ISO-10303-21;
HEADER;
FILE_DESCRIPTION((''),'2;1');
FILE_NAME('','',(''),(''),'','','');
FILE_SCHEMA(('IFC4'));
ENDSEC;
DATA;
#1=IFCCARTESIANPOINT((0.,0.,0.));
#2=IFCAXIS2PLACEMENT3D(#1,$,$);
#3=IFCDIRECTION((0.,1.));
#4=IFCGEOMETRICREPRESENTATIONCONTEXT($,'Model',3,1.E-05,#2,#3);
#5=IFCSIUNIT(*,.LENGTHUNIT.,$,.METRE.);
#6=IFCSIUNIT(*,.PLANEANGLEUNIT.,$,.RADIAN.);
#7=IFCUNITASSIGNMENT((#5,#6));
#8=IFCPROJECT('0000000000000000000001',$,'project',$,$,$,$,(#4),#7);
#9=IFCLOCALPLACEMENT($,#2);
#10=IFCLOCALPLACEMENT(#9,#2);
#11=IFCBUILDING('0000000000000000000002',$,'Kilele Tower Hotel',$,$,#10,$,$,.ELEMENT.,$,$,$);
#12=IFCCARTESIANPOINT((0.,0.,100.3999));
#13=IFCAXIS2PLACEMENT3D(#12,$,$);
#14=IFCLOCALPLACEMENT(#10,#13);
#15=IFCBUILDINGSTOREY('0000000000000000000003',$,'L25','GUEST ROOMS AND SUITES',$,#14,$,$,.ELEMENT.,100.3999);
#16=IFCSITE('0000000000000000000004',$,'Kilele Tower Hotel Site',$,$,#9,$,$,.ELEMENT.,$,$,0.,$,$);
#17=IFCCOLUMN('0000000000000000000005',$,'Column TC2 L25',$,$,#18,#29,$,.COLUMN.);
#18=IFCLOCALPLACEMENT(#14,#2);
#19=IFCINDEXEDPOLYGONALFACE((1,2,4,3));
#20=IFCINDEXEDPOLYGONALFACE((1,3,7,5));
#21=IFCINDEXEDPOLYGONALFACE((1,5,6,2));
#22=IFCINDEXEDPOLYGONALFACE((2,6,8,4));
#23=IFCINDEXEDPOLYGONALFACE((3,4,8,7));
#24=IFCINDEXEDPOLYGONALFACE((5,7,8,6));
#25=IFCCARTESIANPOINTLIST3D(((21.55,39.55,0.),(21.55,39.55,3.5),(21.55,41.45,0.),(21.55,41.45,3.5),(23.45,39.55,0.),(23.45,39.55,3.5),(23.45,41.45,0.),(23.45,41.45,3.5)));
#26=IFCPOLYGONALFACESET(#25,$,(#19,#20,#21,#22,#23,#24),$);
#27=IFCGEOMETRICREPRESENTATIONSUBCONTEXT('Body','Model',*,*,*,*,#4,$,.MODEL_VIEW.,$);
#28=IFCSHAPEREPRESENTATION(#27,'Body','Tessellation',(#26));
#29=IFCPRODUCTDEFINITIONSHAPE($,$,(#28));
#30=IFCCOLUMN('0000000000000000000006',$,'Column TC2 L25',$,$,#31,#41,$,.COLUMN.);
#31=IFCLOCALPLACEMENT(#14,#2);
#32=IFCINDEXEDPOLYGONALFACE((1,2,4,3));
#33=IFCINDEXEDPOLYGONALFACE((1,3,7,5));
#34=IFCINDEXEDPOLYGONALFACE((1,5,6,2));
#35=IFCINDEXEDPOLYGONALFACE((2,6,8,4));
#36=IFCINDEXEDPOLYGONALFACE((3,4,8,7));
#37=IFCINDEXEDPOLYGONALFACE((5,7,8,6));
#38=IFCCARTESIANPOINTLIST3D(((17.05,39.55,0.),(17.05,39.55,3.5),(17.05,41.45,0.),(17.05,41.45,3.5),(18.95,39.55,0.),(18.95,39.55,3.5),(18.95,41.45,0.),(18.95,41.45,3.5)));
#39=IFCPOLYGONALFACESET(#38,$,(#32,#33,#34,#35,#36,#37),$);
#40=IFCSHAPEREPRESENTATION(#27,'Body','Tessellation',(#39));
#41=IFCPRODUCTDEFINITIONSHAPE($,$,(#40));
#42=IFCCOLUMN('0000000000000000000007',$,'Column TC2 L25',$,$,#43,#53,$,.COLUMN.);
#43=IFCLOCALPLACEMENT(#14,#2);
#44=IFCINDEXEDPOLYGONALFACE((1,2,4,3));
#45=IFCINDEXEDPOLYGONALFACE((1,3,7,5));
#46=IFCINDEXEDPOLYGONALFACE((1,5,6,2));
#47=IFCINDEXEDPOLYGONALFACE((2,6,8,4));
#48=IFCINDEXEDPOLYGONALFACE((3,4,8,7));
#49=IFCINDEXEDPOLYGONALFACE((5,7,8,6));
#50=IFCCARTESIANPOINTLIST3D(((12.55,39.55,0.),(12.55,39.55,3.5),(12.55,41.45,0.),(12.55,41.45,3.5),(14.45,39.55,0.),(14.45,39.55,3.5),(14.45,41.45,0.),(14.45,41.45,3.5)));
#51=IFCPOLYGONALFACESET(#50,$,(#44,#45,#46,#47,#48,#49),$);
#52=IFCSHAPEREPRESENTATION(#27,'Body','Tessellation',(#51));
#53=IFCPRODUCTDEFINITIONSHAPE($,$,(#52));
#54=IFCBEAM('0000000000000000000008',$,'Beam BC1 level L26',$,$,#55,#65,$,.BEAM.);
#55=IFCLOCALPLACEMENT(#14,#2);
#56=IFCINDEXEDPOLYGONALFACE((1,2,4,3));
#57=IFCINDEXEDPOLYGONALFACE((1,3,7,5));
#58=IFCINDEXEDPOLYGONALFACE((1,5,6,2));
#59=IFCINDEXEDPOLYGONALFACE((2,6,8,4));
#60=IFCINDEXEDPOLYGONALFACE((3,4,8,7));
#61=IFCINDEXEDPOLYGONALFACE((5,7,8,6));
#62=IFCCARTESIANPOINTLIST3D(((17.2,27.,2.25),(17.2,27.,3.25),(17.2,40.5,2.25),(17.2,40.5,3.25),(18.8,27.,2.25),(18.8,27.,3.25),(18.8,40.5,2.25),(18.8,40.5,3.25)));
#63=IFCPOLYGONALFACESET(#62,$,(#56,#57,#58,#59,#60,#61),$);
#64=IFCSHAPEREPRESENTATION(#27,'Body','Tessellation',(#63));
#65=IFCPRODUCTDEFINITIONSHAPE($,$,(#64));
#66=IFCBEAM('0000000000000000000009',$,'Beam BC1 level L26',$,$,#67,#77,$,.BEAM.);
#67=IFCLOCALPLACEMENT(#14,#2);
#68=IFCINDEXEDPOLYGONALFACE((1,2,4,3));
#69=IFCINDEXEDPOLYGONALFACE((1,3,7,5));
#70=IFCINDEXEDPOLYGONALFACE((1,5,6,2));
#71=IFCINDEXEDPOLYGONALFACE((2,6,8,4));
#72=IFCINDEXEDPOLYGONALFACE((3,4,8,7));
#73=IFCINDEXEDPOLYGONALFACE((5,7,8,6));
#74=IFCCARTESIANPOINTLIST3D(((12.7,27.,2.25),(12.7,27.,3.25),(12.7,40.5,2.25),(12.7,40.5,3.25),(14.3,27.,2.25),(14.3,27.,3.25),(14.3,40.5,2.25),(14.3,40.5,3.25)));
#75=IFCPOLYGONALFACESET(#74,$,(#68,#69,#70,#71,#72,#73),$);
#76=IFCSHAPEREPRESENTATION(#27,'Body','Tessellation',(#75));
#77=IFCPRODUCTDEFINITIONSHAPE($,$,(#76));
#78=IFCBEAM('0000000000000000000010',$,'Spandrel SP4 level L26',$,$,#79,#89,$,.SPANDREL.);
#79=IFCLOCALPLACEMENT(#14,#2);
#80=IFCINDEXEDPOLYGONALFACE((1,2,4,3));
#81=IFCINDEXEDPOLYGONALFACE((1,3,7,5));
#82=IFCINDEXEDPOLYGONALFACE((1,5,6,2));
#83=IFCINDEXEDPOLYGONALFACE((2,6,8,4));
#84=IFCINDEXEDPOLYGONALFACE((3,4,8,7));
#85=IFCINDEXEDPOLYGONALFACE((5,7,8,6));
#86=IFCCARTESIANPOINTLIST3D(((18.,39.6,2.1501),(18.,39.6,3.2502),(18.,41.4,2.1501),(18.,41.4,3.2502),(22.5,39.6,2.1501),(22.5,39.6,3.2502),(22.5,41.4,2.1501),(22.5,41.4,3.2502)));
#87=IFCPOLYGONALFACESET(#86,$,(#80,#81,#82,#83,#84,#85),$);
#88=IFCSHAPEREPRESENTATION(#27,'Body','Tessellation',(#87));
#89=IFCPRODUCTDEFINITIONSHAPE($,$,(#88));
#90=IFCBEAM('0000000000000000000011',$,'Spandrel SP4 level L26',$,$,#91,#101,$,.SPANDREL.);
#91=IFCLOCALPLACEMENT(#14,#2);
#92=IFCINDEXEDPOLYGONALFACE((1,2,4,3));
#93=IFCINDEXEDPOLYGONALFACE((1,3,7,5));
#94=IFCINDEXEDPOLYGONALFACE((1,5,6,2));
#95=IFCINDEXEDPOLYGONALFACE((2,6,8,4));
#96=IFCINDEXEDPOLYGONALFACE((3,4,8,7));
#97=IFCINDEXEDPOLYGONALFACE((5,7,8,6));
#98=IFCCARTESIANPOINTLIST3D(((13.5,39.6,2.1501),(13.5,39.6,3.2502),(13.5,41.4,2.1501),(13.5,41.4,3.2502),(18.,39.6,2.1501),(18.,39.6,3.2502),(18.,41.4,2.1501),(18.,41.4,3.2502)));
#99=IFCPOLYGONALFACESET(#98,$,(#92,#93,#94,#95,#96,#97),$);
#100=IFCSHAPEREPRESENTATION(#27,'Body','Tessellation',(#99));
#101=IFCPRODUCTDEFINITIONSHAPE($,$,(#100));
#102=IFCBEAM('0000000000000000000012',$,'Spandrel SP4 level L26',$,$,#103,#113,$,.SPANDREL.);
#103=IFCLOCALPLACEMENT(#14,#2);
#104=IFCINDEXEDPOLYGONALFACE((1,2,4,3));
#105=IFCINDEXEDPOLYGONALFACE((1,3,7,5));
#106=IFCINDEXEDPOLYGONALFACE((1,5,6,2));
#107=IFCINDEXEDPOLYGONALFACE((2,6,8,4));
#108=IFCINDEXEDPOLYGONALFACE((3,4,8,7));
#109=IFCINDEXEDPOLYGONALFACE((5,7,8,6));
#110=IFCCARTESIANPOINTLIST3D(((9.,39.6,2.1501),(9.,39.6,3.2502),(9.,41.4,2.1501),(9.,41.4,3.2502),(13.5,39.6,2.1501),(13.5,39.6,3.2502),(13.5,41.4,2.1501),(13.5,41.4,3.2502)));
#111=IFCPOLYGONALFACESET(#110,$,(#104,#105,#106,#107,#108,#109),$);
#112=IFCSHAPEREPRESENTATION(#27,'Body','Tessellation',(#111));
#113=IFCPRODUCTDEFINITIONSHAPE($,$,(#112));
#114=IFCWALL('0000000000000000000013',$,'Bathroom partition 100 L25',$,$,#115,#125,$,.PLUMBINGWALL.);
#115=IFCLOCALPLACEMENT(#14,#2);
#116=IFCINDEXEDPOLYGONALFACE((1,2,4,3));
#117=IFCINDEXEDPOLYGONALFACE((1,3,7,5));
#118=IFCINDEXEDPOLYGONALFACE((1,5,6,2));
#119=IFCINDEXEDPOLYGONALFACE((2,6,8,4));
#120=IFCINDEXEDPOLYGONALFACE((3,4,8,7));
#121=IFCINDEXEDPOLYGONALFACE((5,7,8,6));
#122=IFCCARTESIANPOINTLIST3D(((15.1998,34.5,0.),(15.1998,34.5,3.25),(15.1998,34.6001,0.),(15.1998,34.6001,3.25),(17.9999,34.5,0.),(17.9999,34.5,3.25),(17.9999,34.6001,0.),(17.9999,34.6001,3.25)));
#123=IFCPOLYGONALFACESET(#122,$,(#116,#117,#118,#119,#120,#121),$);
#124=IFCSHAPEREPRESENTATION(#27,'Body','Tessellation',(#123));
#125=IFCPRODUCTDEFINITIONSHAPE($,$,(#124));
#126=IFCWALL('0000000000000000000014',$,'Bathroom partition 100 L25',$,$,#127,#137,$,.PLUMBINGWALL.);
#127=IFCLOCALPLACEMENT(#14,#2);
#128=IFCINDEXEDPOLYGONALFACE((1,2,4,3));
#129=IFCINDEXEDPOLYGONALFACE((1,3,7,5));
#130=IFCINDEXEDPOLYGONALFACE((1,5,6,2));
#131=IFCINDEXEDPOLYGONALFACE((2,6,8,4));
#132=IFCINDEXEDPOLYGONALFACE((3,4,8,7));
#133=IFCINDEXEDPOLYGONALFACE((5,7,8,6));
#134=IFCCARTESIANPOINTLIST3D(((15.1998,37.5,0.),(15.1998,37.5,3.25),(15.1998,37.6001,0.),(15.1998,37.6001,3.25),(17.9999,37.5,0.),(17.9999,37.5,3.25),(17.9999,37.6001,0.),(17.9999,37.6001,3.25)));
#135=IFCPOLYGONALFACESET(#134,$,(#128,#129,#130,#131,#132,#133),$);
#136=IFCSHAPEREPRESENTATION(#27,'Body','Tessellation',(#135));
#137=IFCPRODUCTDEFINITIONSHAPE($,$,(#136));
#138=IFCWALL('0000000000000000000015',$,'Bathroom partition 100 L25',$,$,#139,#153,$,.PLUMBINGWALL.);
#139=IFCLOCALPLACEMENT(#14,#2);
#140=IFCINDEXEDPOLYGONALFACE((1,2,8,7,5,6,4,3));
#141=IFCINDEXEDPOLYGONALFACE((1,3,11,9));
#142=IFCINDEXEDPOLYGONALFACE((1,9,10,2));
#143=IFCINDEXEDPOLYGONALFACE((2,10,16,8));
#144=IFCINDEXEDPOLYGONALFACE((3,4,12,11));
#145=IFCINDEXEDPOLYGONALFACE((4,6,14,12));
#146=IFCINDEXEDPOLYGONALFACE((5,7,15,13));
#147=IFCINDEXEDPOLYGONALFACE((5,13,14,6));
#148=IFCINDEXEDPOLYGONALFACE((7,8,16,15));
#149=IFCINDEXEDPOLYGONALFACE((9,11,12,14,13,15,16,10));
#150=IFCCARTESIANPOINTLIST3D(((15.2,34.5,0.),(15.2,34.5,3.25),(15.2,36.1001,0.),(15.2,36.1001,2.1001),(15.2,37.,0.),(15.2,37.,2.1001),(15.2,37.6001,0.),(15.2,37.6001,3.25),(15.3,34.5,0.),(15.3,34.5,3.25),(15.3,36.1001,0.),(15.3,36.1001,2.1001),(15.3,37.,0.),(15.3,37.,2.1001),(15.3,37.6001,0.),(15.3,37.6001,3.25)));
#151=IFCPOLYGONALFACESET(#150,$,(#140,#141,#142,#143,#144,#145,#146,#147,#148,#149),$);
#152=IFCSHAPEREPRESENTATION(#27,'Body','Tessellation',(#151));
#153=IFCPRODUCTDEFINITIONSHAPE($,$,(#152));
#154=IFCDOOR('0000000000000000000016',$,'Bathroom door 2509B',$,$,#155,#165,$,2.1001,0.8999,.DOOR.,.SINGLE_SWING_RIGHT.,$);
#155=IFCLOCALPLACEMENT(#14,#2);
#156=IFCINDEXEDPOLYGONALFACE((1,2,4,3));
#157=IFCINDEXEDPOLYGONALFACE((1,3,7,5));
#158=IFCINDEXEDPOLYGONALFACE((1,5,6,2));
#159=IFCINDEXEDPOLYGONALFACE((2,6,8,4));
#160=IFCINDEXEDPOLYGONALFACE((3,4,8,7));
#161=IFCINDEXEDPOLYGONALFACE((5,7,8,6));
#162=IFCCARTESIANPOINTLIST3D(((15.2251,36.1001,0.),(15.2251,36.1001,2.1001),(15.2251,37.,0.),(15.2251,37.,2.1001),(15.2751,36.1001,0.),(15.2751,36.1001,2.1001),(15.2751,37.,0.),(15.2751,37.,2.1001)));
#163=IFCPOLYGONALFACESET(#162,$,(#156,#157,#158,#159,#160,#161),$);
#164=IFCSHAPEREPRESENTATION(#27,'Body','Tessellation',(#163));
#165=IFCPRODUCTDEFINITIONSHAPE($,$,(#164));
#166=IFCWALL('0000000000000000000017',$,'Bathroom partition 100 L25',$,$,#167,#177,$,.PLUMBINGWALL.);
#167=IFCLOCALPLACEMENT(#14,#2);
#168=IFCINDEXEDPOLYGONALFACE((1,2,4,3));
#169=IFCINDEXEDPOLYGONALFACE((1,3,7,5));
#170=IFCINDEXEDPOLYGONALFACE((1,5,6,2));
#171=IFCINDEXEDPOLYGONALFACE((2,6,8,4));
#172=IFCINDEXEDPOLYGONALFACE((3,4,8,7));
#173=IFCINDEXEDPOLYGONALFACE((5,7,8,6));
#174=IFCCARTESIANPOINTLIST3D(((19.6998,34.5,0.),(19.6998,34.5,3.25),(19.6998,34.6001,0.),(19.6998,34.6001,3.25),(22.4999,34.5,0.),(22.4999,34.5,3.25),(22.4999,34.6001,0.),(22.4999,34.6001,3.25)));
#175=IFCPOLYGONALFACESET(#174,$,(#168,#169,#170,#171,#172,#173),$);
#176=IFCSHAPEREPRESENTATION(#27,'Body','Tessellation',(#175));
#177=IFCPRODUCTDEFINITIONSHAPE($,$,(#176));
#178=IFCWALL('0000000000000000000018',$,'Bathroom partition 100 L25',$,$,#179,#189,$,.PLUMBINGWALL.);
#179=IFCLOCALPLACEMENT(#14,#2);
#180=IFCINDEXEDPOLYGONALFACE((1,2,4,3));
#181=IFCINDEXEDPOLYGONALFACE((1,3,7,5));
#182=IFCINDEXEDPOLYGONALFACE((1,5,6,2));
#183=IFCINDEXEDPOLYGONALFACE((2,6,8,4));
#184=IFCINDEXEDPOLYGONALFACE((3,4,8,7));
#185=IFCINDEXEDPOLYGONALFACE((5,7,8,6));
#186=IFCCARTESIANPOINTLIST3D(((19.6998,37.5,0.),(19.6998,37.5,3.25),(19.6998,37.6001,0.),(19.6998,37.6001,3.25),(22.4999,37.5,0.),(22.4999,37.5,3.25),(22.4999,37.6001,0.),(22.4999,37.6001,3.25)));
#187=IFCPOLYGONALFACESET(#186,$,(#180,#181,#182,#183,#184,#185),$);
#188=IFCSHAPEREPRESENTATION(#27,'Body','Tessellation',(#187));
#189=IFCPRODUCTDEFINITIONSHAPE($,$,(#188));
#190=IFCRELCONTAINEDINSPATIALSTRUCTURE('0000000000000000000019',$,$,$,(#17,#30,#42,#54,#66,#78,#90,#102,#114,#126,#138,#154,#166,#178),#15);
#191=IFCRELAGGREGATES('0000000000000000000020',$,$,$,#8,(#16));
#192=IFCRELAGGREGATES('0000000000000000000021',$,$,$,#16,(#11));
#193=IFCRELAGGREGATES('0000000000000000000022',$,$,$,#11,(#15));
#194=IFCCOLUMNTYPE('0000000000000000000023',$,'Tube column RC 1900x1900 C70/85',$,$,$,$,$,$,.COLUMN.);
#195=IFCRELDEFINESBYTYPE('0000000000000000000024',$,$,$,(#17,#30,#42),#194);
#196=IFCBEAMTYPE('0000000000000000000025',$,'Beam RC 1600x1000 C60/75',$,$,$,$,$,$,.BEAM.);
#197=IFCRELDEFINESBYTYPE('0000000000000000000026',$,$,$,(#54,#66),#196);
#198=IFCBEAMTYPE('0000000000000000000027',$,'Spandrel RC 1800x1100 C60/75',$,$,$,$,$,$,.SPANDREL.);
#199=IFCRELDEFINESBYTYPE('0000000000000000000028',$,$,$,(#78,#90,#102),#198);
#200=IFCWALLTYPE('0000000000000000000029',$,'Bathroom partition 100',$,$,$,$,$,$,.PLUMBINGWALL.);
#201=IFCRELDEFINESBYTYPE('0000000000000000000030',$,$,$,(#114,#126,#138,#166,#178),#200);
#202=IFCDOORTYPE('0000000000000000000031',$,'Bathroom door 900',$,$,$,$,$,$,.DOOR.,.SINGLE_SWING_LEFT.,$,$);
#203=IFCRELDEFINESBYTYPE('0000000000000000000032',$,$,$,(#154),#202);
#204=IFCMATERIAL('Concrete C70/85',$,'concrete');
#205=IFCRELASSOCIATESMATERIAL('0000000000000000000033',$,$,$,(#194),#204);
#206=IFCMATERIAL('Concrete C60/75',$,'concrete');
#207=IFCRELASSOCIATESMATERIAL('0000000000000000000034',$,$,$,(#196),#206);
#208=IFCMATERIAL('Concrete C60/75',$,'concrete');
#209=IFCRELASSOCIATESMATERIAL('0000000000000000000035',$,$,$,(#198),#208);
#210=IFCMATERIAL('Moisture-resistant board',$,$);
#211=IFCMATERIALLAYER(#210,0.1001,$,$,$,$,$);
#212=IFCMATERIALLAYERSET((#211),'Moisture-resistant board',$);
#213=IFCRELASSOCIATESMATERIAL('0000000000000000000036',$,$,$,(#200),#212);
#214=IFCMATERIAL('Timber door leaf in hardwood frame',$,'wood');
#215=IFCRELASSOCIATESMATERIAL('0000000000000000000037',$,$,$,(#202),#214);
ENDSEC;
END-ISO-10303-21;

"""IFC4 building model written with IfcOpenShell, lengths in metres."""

from ifc_helpers import new_model, si_unit, direction, frame, frame_2d, origin, origin_2d, place, context, subcontext, project, spatial, rectangle, extrude, material, layer, layer_set, material_profile, profile_set, type_object, element, fill, save


model = new_model("IFC4")

# Units and contexts
model_context = context("Model", 3, precision=1e-05, world=origin(), true_north=direction((0.0, 1.0)))
body_context = subcontext(model_context, "Body", "Model", "MODEL_VIEW")
ifc_project = project(units=[si_unit("LENGTHUNIT", "METRE"), si_unit("PLANEANGLEUNIT", "RADIAN")], contexts=[model_context])

# Site, building, storey
site_placement = place(None, origin())
site = spatial("IfcSite", under=ifc_project, at=site_placement, Name="Kilele Tower Hotel Site", CompositionType="ELEMENT", RefElevation=0.0)
building_placement = place(site_placement, origin())
building = spatial("IfcBuilding", under=site, at=building_placement, Name="Kilele Tower Hotel", CompositionType="ELEMENT")
storey_placement = place(building_placement, frame((0.0, 0.0, 100.3999)))
storey = spatial("IfcBuildingStorey", under=building, at=storey_placement, Name="L25", Description="GUEST ROOMS AND SUITES", CompositionType="ELEMENT", Elevation=100.3999)

# Columns
ifc_material_1 = material(Name="Concrete C70/85", Category="concrete")
ifc_material_profile_1 = material_profile(ifc_material_1, rectangle(XDim=1.8999, YDim=1.8999, at=origin_2d()))
ifc_profile_set_1 = profile_set([ifc_material_profile_1], Name="Concrete C70/85")
column_type = type_object("IfcColumnType", Name="Tube column RC 1900x1900 C70/85", PredefinedType="COLUMN", material=ifc_profile_set_1)
for number, where, z_axis, x_axis, name in (
    (1, (22.5, 40.5, 0.0), (0.0, 0.0, 1.0), (1.0, 0.0, 0.0), "Column TC2 L25"),
    (2, (18.0, 40.5, 0.0), (0.0, 0.0, 1.0), (1.0, 0.0, 0.0), "Column TC2 L25"),
    (3, (13.5, 40.5, 0.0), (0.0, 0.0, 1.0), (1.0, 0.0, 0.0), "Column TC2 L25"),
):
    element("IfcColumn", number, at=place(storey_placement, frame(where, z_axis=z_axis, x_axis=x_axis)), inside=storey, type_object=column_type, Name=name, PredefinedType="COLUMN", context=body_context, shape_type="SweptSolid", body=[
        extrude(rectangle(XDim=1.8999, YDim=1.8999, at=origin_2d()), origin(), (0.0, 0.0, 1.0), 3.5),
    ])

# Beams
ifc_material_2 = material(Name="Concrete C60/75", Category="concrete")
ifc_material_profile_2 = material_profile(ifc_material_2, rectangle(XDim=1.6001, YDim=1.0, at=origin_2d()))
ifc_profile_set_2 = profile_set([ifc_material_profile_2], Name="Concrete C60/75")
beam_type_1 = type_object("IfcBeamType", Name="Beam RC 1600x1000 C60/75", PredefinedType="BEAM", material=ifc_profile_set_2)
for number, where, z_axis, x_axis, name in (
    (4, (18.0, 40.5, 2.75), (0.0, -1.0, 0.0), (1.0, 0.0, 0.0), "Beam BC1 level L26"),
    (5, (13.5, 40.5, 2.75), (0.0, -1.0, 0.0), (1.0, 0.0, 0.0), "Beam BC1 level L26"),
):
    element("IfcBeam", number, at=place(storey_placement, frame(where, z_axis=z_axis, x_axis=x_axis)), inside=storey, type_object=beam_type_1, Name=name, PredefinedType="BEAM", context=body_context, shape_type="SweptSolid", body=[
        extrude(rectangle(XDim=1.6001, YDim=1.0, at=origin_2d()), origin(), (0.0, 0.0, 1.0), 13.5),
    ])
ifc_material_3 = material(Name="Concrete C60/75", Category="concrete")
ifc_material_profile_3 = material_profile(ifc_material_3, rectangle(XDim=1.8, YDim=1.1001, at=origin_2d()))
ifc_profile_set_3 = profile_set([ifc_material_profile_3], Name="Concrete C60/75")
beam_type_2 = type_object("IfcBeamType", Name="Spandrel RC 1800x1100 C60/75", PredefinedType="SPANDREL", material=ifc_profile_set_3)
for number, where, z_axis, x_axis, name in (
    (6, (22.5, 40.5, 2.7002), (-1.0, 0.0, 0.0), (0.0, -1.0, 0.0), "Spandrel SP4 level L26"),
    (7, (18.0, 40.5, 2.7002), (-1.0, 0.0, 0.0), (0.0, -1.0, 0.0), "Spandrel SP4 level L26"),
    (8, (13.5, 40.5, 2.7002), (-1.0, 0.0, 0.0), (0.0, -1.0, 0.0), "Spandrel SP4 level L26"),
):
    element("IfcBeam", number, at=place(storey_placement, frame(where, z_axis=z_axis, x_axis=x_axis)), inside=storey, type_object=beam_type_2, Name=name, PredefinedType="SPANDREL", context=body_context, shape_type="SweptSolid", body=[
        extrude(rectangle(XDim=1.8, YDim=1.1001, at=origin_2d()), origin(), (0.0, 0.0, 1.0), 4.5),
    ])

# Walls
ifc_material_4 = material(Name="Moisture-resistant board")
ifc_layer_1 = layer(ifc_material_4, 0.1001)
ifc_layer_set_1 = layer_set([ifc_layer_1], Name="Moisture-resistant board")
wall_type_1 = type_object("IfcWallType", Name="Bathroom partition 100", PredefinedType="PLUMBINGWALL", material=ifc_layer_set_1)
for number, where, z_axis, x_axis, name in (
    (9, (15.2, 34.55, 0.0), (0.0, 0.0, 1.0), (1.0, 0.0, 0.0), "Bathroom partition 100 L25"),
    (10, (15.2, 37.55, 0.0), (0.0, 0.0, 1.0), (1.0, 0.0, 0.0), "Bathroom partition 100 L25"),
):
    element("IfcWall", number, at=place(storey_placement, frame(where, z_axis=z_axis, x_axis=x_axis)), inside=storey, type_object=wall_type_1, Name=name, PredefinedType="PLUMBINGWALL", context=body_context, shape_type="SweptSolid", body=[
        extrude(rectangle(XDim=2.8, YDim=0.1001, at=frame_2d((1.3999, 0.0))), origin(), (0.0, 0.0, 1.0), 3.25),
    ])

# Wall, opening, door
wall_1_placement = place(storey_placement, frame((15.25, 34.5, 0.0), z_axis=(0.0, 0.0, 1.0), x_axis=(0.0, 1.0, 0.0)))
wall_1 = element("IfcWall", 11, at=wall_1_placement, inside=storey, type_object=wall_type_1, Name="Bathroom partition 100 L25", PredefinedType="PLUMBINGWALL", context=body_context, shape_type="SweptSolid", body=[
    extrude(rectangle(XDim=3.1001, YDim=0.1001, at=frame_2d((1.55, 0.0))), origin(), (0.0, 0.0, 1.0), 3.25),
])
opening_1_placement = place(wall_1_placement, frame((1.6001, 0.0, 0.0)))
opening_1 = element("IfcOpeningElement", 12, at=opening_1_placement, cuts=wall_1, PredefinedType="OPENING", context=body_context, shape_type="SweptSolid", body=[
    extrude(rectangle(XDim=0.8999, YDim=2.1001, at=frame_2d((0.45, 1.05))), frame((0.0, 0.0601, 0.0), z_axis=(0.0, -1.0, 0.0), x_axis=(1.0, 0.0, 0.0)), (0.0, 0.0, 1.0), 0.1201),
])
ifc_material_5 = material(Name="Timber door leaf in hardwood frame", Category="wood")
door_type_1 = type_object("IfcDoorType", Name="Bathroom door 900", OperationType="SINGLE_SWING_LEFT", PredefinedType="DOOR", material=ifc_material_5)
door_1_placement = place(opening_1_placement, origin())
door_1 = element("IfcDoor", 13, at=door_1_placement, inside=storey, type_object=door_type_1, Name="Bathroom door 2509B", OperationType="SINGLE_SWING_RIGHT", OverallHeight=2.1001, OverallWidth=0.8999, PredefinedType="DOOR", context=body_context, shape_type="SweptSolid", body=[
    extrude(rectangle(XDim=0.8999, YDim=2.1001, at=frame_2d((0.45, 1.05))), frame((0.0, 0.0249, 0.0), z_axis=(0.0, -1.0, 0.0), x_axis=(1.0, 0.0, 0.0)), (0.0, 0.0, 1.0), 0.05),
])
fill(opening_1, door_1)

# Walls
for number, where, z_axis, x_axis, name in (
    (14, (19.7, 34.55, 0.0), (0.0, 0.0, 1.0), (1.0, 0.0, 0.0), "Bathroom partition 100 L25"),
    (15, (19.7, 37.55, 0.0), (0.0, 0.0, 1.0), (1.0, 0.0, 0.0), "Bathroom partition 100 L25"),
):
    element("IfcWall", number, at=place(storey_placement, frame(where, z_axis=z_axis, x_axis=x_axis)), inside=storey, type_object=wall_type_1, Name=name, PredefinedType="PLUMBINGWALL", context=body_context, shape_type="SweptSolid", body=[
        extrude(rectangle(XDim=2.8, YDim=0.1001, at=frame_2d((1.3999, 0.0))), origin(), (0.0, 0.0, 1.0), 3.25),
    ])

save(model, "model.ifc")
